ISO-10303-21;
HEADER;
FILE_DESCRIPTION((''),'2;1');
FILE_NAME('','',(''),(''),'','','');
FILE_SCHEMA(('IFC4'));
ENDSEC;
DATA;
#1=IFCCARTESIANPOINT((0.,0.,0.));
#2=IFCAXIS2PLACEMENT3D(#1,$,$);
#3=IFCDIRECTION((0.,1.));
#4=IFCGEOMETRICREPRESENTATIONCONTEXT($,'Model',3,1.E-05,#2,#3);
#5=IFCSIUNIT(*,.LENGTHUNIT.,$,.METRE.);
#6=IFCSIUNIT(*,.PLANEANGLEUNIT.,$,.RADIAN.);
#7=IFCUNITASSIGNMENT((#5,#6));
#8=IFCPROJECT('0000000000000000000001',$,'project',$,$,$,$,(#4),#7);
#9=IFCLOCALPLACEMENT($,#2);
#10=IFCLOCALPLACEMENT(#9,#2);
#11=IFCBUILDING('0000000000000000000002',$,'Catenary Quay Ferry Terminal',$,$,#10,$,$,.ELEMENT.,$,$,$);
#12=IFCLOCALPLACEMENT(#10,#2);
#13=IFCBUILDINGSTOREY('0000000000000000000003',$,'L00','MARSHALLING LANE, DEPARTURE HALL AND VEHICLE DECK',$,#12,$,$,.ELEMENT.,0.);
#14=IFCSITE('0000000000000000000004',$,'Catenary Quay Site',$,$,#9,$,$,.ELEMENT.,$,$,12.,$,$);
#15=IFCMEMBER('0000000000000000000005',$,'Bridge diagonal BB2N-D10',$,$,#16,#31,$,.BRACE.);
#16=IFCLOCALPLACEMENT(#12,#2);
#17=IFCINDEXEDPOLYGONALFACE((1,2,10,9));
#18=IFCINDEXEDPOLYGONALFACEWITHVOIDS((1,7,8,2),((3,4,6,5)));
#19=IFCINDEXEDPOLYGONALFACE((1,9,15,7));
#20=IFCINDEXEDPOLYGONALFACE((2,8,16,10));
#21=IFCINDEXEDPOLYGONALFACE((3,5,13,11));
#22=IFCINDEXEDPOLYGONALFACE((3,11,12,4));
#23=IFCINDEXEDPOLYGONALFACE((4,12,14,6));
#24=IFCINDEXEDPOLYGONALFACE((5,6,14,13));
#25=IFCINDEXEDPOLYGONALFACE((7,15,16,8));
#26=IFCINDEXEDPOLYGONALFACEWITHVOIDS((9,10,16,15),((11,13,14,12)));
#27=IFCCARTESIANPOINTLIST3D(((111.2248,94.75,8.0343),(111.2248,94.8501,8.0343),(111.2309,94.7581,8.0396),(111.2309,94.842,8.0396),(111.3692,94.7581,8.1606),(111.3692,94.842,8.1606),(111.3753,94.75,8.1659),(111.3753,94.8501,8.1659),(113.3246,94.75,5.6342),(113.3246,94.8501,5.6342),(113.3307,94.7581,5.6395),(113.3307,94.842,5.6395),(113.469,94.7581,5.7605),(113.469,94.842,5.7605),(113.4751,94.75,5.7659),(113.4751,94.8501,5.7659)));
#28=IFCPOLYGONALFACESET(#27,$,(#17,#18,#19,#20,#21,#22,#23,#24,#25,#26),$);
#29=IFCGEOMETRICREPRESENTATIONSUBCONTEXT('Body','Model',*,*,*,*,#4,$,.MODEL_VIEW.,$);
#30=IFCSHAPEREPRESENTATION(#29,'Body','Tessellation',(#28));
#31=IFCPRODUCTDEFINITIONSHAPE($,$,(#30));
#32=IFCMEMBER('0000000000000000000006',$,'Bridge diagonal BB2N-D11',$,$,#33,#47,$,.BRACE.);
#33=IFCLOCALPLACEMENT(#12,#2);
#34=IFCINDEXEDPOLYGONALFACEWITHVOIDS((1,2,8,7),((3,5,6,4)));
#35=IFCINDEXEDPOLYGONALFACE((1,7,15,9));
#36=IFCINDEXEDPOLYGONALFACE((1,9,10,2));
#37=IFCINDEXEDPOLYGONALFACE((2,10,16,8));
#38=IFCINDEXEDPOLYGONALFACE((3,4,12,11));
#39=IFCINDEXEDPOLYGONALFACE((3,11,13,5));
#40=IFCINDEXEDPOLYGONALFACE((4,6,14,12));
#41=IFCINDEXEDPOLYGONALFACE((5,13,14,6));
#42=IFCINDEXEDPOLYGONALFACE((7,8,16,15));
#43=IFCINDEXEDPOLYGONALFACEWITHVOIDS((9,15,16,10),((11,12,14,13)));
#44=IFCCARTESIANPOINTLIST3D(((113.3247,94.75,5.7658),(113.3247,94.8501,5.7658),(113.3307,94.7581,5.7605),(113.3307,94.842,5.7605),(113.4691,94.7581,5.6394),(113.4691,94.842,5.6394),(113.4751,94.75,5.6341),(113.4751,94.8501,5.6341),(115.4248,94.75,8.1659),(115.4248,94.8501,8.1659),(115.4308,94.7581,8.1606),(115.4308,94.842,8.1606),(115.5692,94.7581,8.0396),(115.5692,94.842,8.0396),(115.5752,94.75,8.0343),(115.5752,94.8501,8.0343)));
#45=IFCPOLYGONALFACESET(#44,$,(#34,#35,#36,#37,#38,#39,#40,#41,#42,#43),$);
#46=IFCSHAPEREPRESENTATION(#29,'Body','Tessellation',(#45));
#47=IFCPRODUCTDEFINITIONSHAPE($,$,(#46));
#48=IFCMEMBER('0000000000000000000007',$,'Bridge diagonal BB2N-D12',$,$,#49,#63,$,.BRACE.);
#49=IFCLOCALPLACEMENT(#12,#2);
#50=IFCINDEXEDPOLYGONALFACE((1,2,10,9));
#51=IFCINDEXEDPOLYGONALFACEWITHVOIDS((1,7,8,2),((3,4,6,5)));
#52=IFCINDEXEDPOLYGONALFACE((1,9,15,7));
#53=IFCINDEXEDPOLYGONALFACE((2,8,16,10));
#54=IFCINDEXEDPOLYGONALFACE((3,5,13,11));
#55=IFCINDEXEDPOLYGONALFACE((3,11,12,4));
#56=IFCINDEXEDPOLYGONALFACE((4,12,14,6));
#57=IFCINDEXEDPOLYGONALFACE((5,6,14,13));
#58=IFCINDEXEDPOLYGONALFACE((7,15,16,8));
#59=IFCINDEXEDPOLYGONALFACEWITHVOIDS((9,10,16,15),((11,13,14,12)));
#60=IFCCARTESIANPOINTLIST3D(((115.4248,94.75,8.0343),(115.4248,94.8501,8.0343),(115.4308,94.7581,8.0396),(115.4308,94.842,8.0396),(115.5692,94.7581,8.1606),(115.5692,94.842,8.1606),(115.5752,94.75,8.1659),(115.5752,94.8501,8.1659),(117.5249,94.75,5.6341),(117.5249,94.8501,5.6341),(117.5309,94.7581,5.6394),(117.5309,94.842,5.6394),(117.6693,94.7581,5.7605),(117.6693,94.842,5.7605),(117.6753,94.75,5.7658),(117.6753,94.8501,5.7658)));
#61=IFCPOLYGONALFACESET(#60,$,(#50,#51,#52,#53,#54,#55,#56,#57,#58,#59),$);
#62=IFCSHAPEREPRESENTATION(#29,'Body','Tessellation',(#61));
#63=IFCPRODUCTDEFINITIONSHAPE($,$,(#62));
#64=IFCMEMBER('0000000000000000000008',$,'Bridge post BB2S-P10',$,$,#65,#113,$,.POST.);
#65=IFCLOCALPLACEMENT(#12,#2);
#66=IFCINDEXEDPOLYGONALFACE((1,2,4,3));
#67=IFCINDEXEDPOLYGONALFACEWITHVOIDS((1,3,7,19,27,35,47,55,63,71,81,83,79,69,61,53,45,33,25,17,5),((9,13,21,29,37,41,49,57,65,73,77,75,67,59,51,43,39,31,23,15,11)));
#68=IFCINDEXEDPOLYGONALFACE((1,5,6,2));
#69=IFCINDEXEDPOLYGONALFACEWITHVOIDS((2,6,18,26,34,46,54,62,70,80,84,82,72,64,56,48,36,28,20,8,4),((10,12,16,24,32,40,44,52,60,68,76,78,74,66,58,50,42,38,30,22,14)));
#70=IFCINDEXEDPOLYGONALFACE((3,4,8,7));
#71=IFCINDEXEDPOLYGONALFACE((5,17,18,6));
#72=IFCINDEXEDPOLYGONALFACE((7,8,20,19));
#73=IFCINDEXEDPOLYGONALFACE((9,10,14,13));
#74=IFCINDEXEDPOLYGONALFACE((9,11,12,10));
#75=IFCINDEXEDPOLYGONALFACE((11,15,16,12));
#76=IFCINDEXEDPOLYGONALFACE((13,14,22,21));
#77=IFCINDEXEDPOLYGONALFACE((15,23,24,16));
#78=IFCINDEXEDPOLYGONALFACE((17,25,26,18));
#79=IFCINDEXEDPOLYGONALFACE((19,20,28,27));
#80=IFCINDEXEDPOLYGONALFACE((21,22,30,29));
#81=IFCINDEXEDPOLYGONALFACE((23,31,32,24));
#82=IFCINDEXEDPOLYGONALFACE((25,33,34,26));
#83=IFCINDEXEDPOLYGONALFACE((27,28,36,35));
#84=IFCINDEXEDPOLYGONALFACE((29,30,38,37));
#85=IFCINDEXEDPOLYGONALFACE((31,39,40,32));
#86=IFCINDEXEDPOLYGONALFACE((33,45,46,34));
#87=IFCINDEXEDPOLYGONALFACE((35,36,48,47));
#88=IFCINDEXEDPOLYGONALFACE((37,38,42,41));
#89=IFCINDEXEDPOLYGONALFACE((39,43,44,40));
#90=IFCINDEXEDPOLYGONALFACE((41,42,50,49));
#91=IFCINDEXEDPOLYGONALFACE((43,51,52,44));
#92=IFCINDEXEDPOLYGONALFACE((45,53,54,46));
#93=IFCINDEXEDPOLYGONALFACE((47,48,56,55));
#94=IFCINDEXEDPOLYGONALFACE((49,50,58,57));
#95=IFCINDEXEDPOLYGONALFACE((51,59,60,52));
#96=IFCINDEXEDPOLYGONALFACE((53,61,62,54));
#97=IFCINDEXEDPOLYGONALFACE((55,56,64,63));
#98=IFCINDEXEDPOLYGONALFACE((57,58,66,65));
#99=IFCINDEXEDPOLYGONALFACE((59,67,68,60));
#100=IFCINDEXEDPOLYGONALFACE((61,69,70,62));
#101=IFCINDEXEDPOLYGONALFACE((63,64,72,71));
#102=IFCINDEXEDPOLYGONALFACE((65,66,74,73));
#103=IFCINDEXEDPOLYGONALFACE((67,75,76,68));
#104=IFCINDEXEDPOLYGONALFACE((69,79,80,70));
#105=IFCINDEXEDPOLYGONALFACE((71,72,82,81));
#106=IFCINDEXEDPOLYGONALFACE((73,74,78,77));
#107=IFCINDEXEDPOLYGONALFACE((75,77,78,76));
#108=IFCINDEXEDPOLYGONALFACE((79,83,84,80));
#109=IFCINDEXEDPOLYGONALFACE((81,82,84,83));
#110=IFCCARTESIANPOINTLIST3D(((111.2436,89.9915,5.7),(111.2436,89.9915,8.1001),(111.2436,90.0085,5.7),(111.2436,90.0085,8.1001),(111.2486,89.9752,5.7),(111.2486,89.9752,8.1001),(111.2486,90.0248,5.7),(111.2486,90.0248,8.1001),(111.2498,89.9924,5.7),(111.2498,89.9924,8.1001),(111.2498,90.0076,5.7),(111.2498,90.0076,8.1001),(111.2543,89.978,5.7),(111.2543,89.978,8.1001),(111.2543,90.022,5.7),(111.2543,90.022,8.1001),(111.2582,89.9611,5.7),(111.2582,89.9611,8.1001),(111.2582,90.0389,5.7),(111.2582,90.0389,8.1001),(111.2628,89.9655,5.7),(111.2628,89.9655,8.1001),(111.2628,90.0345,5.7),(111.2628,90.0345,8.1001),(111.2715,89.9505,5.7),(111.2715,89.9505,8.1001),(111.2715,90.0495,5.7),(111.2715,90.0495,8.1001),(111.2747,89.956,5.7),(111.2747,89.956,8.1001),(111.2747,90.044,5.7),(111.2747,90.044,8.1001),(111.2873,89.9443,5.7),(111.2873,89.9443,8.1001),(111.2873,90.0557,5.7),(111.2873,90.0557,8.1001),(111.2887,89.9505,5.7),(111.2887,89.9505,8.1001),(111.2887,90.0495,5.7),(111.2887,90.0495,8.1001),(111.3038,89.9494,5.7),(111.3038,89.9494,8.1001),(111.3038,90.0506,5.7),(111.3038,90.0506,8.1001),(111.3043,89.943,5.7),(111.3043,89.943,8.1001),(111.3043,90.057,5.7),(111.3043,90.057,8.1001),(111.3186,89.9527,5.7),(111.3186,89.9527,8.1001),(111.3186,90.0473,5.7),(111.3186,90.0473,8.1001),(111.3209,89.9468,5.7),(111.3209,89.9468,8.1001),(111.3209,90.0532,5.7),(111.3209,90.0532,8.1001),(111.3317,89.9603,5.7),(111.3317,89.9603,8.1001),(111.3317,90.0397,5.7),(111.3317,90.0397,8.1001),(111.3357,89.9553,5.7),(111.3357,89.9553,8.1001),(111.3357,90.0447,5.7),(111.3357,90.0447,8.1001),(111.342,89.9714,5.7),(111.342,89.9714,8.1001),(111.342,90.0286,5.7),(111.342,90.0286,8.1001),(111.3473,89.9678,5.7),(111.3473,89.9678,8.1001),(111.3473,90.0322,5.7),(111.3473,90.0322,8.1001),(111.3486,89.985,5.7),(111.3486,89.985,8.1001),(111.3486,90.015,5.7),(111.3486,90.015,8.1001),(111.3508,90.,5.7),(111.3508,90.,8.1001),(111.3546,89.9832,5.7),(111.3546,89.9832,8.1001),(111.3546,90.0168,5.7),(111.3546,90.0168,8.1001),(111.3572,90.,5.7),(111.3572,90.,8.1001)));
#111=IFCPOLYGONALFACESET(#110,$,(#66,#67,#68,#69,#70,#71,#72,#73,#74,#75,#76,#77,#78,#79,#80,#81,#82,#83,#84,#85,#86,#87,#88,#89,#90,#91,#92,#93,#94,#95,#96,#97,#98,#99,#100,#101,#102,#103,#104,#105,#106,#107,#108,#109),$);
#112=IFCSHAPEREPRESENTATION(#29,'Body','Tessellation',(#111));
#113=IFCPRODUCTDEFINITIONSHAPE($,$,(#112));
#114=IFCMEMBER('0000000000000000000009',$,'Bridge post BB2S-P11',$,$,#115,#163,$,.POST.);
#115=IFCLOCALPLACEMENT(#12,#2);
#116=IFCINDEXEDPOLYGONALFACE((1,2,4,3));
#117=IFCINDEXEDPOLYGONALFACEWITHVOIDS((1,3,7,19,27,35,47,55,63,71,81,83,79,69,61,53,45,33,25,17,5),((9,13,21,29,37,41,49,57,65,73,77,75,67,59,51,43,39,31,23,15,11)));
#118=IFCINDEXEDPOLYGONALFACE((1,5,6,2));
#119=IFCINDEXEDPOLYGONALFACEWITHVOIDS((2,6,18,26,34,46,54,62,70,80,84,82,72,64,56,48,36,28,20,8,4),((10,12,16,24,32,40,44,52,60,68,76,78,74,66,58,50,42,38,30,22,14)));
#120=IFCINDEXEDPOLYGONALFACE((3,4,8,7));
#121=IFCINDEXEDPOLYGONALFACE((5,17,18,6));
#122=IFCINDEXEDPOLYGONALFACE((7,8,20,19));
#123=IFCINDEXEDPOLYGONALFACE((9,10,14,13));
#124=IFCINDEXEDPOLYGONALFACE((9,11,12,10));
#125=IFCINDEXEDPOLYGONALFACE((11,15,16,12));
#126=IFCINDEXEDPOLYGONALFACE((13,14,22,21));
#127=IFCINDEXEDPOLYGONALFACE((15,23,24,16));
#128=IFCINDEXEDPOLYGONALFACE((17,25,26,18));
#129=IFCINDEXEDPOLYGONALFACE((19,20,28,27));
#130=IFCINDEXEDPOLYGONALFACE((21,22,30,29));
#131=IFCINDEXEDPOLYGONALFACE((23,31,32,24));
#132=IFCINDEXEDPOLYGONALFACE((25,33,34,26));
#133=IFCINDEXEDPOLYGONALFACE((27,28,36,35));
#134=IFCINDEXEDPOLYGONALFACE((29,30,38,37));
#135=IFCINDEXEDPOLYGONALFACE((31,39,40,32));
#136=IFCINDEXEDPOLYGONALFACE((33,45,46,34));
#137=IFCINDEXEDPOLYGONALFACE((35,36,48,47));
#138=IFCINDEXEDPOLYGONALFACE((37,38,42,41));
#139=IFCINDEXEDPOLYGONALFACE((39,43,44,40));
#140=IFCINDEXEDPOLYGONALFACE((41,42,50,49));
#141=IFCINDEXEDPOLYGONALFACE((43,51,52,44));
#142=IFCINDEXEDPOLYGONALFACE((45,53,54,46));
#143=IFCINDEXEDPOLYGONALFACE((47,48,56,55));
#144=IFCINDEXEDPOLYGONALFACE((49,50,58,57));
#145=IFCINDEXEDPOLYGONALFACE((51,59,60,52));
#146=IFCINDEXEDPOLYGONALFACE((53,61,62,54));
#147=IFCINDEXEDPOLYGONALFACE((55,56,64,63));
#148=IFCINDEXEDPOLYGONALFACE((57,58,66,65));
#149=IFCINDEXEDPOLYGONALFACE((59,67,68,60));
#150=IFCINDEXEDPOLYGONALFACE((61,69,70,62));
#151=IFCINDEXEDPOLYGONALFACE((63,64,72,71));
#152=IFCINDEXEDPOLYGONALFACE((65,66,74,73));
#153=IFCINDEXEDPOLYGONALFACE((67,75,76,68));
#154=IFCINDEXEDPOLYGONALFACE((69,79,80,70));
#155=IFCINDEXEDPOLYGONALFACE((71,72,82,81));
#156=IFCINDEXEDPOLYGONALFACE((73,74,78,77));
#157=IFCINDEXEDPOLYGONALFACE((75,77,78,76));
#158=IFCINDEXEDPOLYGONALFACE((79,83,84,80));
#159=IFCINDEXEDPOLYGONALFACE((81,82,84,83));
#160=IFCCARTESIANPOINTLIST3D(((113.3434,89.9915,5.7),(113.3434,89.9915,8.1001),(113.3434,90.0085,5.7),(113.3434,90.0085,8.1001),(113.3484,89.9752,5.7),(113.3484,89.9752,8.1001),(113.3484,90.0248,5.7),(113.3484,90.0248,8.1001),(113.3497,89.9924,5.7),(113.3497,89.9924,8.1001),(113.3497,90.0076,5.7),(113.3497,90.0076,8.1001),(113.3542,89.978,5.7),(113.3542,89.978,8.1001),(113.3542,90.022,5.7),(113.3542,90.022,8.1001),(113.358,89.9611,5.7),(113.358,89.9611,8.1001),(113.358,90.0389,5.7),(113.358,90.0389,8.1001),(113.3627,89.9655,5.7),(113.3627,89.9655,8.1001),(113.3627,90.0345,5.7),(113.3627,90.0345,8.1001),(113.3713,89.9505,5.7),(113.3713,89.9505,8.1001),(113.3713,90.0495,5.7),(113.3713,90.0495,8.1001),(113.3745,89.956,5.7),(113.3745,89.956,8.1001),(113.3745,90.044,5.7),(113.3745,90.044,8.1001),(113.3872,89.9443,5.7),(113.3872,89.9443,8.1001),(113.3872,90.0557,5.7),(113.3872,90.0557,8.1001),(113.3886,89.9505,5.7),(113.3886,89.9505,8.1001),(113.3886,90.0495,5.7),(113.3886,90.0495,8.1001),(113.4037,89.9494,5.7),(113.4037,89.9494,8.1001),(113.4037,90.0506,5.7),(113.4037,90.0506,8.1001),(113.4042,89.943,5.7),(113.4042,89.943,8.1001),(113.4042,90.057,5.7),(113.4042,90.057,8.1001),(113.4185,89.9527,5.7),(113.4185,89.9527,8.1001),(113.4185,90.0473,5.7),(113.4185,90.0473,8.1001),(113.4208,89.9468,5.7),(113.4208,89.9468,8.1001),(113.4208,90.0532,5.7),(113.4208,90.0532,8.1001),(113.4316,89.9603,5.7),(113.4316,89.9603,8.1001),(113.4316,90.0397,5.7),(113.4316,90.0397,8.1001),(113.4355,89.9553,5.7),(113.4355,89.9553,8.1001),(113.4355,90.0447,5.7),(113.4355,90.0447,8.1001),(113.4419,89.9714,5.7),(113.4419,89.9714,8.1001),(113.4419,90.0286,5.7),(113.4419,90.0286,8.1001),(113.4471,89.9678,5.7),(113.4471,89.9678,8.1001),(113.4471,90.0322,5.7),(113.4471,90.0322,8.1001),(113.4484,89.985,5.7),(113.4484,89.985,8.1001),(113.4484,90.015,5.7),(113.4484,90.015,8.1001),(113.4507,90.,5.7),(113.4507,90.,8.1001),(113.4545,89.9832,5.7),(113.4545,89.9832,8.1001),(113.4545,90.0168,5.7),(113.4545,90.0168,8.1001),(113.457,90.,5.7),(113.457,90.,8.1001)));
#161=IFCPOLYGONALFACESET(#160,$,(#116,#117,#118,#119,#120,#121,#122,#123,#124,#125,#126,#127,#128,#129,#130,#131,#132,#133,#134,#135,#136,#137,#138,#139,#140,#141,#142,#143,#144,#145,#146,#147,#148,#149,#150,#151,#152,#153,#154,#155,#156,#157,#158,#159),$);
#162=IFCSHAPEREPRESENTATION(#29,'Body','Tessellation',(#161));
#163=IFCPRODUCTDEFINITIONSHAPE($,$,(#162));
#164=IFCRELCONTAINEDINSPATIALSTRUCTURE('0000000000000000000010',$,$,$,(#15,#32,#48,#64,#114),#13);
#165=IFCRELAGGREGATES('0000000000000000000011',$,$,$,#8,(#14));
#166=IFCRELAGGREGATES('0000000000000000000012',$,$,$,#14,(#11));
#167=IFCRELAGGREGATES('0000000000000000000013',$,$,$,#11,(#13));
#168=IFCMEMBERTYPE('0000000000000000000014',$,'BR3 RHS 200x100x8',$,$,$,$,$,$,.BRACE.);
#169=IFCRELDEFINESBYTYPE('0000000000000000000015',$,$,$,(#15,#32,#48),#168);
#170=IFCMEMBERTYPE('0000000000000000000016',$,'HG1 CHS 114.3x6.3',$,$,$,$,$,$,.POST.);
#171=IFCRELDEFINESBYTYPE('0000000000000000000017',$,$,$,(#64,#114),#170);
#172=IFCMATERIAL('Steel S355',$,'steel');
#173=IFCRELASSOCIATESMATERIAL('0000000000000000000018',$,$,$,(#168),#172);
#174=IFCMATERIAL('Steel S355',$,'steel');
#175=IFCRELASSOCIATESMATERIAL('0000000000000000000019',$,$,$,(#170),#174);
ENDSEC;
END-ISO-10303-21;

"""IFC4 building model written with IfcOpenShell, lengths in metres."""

from ifc_helpers import new_model, si_unit, direction, frame, origin, origin_2d, place, context, subcontext, project, spatial, hollow_rectangle, hollow_circle, extrude, material, material_profile, profile_set, type_object, element, save


model = new_model("IFC4")

# Units and contexts
model_context = context("Model", 3, precision=1e-05, world=origin(), true_north=direction((0.0, 1.0)))
body_context = subcontext(model_context, "Body", "Model", "MODEL_VIEW")
ifc_project = project(units=[si_unit("LENGTHUNIT", "METRE"), si_unit("PLANEANGLEUNIT", "RADIAN")], contexts=[model_context])

# Site, building, storey
site_placement = place(None, origin())
site = spatial("IfcSite", under=ifc_project, at=site_placement, Name="Catenary Quay Site", CompositionType="ELEMENT", RefElevation=12.0)
building_placement = place(site_placement, origin())
building = spatial("IfcBuilding", under=site, at=building_placement, Name="Catenary Quay Ferry Terminal", CompositionType="ELEMENT")
storey_placement = place(building_placement, origin())
storey = spatial("IfcBuildingStorey", under=building, at=storey_placement, Name="L00", Description="MARSHALLING LANE, DEPARTURE HALL AND VEHICLE DECK", CompositionType="ELEMENT", Elevation=0.0)

# Members
ifc_material_1 = material(Name="Steel S355", Category="steel")
ifc_material_profile_1 = material_profile(ifc_material_1, hollow_rectangle(XDim=0.1001, YDim=0.2, WallThickness=0.0081, at=origin_2d()), Name="RHS 200x100x8")
ifc_profile_set_1 = profile_set([ifc_material_profile_1], Name="Steel S355")
member_type_1 = type_object("IfcMemberType", Name="BR3 RHS 200x100x8", PredefinedType="BRACE", material=ifc_profile_set_1)
member_1_placement = place(storey_placement, frame((111.3, 94.8, 8.1001), z_axis=(0.658456, 0.0, -0.752619), x_axis=(0.0, 1.0, 0.0)))
element("IfcMember", 1, at=member_1_placement, inside=storey, type_object=member_type_1, Name="Bridge diagonal BB2N-D10", PredefinedType="BRACE", context=body_context, shape_type="SweptSolid", body=[
    extrude(hollow_rectangle(XDim=0.1001, YDim=0.2, WallThickness=0.0081, at=origin_2d()), origin(), (0.0, 0.0, 1.0), 3.189),
])
for number, where, z_axis, x_axis, name in (
    (2, (113.3999, 94.8, 5.7), (0.658499, 0.0, 0.752581), (0.0, 1.0, 0.0), "Bridge diagonal BB2N-D11"),
    (3, (115.5, 94.8, 8.1001), (0.658499, 0.0, -0.752581), (0.0, 1.0, 0.0), "Bridge diagonal BB2N-D12"),
):
    element("IfcMember", number, at=place(storey_placement, frame(where, z_axis=z_axis, x_axis=x_axis)), inside=storey, type_object=member_type_1, Name=name, PredefinedType="BRACE", context=body_context, shape_type="SweptSolid", body=[
        extrude(hollow_rectangle(XDim=0.1001, YDim=0.2, WallThickness=0.0081, at=origin_2d()), origin(), (0.0, 0.0, 1.0), 3.1892),
    ])
ifc_material_2 = material(Name="Steel S355", Category="steel")
ifc_material_profile_2 = material_profile(ifc_material_2, hollow_circle(Radius=0.0571, WallThickness=0.0063, at=origin_2d()), Name="CHS 114.3x6.3")
ifc_profile_set_2 = profile_set([ifc_material_profile_2], Name="Steel S355")
member_type_2 = type_object("IfcMemberType", Name="HG1 CHS 114.3x6.3", PredefinedType="POST", material=ifc_profile_set_2)
for number, where, z_axis, x_axis, name in (
    (4, (111.3, 90.0, 5.7), (0.0, 0.0, 1.0), (1.0, 0.0, 0.0), "Bridge post BB2S-P10"),
    (5, (113.3999, 90.0, 5.7), (0.0, 0.0, 1.0), (1.0, 0.0, 0.0), "Bridge post BB2S-P11"),
):
    element("IfcMember", number, at=place(storey_placement, frame(where, z_axis=z_axis, x_axis=x_axis)), inside=storey, type_object=member_type_2, Name=name, PredefinedType="POST", context=body_context, shape_type="SweptSolid", body=[
        extrude(hollow_circle(Radius=0.0571, WallThickness=0.0063, at=origin_2d()), origin(), (0.0, 0.0, 1.0), 2.4001),
    ])

save(model, "model.ifc")
